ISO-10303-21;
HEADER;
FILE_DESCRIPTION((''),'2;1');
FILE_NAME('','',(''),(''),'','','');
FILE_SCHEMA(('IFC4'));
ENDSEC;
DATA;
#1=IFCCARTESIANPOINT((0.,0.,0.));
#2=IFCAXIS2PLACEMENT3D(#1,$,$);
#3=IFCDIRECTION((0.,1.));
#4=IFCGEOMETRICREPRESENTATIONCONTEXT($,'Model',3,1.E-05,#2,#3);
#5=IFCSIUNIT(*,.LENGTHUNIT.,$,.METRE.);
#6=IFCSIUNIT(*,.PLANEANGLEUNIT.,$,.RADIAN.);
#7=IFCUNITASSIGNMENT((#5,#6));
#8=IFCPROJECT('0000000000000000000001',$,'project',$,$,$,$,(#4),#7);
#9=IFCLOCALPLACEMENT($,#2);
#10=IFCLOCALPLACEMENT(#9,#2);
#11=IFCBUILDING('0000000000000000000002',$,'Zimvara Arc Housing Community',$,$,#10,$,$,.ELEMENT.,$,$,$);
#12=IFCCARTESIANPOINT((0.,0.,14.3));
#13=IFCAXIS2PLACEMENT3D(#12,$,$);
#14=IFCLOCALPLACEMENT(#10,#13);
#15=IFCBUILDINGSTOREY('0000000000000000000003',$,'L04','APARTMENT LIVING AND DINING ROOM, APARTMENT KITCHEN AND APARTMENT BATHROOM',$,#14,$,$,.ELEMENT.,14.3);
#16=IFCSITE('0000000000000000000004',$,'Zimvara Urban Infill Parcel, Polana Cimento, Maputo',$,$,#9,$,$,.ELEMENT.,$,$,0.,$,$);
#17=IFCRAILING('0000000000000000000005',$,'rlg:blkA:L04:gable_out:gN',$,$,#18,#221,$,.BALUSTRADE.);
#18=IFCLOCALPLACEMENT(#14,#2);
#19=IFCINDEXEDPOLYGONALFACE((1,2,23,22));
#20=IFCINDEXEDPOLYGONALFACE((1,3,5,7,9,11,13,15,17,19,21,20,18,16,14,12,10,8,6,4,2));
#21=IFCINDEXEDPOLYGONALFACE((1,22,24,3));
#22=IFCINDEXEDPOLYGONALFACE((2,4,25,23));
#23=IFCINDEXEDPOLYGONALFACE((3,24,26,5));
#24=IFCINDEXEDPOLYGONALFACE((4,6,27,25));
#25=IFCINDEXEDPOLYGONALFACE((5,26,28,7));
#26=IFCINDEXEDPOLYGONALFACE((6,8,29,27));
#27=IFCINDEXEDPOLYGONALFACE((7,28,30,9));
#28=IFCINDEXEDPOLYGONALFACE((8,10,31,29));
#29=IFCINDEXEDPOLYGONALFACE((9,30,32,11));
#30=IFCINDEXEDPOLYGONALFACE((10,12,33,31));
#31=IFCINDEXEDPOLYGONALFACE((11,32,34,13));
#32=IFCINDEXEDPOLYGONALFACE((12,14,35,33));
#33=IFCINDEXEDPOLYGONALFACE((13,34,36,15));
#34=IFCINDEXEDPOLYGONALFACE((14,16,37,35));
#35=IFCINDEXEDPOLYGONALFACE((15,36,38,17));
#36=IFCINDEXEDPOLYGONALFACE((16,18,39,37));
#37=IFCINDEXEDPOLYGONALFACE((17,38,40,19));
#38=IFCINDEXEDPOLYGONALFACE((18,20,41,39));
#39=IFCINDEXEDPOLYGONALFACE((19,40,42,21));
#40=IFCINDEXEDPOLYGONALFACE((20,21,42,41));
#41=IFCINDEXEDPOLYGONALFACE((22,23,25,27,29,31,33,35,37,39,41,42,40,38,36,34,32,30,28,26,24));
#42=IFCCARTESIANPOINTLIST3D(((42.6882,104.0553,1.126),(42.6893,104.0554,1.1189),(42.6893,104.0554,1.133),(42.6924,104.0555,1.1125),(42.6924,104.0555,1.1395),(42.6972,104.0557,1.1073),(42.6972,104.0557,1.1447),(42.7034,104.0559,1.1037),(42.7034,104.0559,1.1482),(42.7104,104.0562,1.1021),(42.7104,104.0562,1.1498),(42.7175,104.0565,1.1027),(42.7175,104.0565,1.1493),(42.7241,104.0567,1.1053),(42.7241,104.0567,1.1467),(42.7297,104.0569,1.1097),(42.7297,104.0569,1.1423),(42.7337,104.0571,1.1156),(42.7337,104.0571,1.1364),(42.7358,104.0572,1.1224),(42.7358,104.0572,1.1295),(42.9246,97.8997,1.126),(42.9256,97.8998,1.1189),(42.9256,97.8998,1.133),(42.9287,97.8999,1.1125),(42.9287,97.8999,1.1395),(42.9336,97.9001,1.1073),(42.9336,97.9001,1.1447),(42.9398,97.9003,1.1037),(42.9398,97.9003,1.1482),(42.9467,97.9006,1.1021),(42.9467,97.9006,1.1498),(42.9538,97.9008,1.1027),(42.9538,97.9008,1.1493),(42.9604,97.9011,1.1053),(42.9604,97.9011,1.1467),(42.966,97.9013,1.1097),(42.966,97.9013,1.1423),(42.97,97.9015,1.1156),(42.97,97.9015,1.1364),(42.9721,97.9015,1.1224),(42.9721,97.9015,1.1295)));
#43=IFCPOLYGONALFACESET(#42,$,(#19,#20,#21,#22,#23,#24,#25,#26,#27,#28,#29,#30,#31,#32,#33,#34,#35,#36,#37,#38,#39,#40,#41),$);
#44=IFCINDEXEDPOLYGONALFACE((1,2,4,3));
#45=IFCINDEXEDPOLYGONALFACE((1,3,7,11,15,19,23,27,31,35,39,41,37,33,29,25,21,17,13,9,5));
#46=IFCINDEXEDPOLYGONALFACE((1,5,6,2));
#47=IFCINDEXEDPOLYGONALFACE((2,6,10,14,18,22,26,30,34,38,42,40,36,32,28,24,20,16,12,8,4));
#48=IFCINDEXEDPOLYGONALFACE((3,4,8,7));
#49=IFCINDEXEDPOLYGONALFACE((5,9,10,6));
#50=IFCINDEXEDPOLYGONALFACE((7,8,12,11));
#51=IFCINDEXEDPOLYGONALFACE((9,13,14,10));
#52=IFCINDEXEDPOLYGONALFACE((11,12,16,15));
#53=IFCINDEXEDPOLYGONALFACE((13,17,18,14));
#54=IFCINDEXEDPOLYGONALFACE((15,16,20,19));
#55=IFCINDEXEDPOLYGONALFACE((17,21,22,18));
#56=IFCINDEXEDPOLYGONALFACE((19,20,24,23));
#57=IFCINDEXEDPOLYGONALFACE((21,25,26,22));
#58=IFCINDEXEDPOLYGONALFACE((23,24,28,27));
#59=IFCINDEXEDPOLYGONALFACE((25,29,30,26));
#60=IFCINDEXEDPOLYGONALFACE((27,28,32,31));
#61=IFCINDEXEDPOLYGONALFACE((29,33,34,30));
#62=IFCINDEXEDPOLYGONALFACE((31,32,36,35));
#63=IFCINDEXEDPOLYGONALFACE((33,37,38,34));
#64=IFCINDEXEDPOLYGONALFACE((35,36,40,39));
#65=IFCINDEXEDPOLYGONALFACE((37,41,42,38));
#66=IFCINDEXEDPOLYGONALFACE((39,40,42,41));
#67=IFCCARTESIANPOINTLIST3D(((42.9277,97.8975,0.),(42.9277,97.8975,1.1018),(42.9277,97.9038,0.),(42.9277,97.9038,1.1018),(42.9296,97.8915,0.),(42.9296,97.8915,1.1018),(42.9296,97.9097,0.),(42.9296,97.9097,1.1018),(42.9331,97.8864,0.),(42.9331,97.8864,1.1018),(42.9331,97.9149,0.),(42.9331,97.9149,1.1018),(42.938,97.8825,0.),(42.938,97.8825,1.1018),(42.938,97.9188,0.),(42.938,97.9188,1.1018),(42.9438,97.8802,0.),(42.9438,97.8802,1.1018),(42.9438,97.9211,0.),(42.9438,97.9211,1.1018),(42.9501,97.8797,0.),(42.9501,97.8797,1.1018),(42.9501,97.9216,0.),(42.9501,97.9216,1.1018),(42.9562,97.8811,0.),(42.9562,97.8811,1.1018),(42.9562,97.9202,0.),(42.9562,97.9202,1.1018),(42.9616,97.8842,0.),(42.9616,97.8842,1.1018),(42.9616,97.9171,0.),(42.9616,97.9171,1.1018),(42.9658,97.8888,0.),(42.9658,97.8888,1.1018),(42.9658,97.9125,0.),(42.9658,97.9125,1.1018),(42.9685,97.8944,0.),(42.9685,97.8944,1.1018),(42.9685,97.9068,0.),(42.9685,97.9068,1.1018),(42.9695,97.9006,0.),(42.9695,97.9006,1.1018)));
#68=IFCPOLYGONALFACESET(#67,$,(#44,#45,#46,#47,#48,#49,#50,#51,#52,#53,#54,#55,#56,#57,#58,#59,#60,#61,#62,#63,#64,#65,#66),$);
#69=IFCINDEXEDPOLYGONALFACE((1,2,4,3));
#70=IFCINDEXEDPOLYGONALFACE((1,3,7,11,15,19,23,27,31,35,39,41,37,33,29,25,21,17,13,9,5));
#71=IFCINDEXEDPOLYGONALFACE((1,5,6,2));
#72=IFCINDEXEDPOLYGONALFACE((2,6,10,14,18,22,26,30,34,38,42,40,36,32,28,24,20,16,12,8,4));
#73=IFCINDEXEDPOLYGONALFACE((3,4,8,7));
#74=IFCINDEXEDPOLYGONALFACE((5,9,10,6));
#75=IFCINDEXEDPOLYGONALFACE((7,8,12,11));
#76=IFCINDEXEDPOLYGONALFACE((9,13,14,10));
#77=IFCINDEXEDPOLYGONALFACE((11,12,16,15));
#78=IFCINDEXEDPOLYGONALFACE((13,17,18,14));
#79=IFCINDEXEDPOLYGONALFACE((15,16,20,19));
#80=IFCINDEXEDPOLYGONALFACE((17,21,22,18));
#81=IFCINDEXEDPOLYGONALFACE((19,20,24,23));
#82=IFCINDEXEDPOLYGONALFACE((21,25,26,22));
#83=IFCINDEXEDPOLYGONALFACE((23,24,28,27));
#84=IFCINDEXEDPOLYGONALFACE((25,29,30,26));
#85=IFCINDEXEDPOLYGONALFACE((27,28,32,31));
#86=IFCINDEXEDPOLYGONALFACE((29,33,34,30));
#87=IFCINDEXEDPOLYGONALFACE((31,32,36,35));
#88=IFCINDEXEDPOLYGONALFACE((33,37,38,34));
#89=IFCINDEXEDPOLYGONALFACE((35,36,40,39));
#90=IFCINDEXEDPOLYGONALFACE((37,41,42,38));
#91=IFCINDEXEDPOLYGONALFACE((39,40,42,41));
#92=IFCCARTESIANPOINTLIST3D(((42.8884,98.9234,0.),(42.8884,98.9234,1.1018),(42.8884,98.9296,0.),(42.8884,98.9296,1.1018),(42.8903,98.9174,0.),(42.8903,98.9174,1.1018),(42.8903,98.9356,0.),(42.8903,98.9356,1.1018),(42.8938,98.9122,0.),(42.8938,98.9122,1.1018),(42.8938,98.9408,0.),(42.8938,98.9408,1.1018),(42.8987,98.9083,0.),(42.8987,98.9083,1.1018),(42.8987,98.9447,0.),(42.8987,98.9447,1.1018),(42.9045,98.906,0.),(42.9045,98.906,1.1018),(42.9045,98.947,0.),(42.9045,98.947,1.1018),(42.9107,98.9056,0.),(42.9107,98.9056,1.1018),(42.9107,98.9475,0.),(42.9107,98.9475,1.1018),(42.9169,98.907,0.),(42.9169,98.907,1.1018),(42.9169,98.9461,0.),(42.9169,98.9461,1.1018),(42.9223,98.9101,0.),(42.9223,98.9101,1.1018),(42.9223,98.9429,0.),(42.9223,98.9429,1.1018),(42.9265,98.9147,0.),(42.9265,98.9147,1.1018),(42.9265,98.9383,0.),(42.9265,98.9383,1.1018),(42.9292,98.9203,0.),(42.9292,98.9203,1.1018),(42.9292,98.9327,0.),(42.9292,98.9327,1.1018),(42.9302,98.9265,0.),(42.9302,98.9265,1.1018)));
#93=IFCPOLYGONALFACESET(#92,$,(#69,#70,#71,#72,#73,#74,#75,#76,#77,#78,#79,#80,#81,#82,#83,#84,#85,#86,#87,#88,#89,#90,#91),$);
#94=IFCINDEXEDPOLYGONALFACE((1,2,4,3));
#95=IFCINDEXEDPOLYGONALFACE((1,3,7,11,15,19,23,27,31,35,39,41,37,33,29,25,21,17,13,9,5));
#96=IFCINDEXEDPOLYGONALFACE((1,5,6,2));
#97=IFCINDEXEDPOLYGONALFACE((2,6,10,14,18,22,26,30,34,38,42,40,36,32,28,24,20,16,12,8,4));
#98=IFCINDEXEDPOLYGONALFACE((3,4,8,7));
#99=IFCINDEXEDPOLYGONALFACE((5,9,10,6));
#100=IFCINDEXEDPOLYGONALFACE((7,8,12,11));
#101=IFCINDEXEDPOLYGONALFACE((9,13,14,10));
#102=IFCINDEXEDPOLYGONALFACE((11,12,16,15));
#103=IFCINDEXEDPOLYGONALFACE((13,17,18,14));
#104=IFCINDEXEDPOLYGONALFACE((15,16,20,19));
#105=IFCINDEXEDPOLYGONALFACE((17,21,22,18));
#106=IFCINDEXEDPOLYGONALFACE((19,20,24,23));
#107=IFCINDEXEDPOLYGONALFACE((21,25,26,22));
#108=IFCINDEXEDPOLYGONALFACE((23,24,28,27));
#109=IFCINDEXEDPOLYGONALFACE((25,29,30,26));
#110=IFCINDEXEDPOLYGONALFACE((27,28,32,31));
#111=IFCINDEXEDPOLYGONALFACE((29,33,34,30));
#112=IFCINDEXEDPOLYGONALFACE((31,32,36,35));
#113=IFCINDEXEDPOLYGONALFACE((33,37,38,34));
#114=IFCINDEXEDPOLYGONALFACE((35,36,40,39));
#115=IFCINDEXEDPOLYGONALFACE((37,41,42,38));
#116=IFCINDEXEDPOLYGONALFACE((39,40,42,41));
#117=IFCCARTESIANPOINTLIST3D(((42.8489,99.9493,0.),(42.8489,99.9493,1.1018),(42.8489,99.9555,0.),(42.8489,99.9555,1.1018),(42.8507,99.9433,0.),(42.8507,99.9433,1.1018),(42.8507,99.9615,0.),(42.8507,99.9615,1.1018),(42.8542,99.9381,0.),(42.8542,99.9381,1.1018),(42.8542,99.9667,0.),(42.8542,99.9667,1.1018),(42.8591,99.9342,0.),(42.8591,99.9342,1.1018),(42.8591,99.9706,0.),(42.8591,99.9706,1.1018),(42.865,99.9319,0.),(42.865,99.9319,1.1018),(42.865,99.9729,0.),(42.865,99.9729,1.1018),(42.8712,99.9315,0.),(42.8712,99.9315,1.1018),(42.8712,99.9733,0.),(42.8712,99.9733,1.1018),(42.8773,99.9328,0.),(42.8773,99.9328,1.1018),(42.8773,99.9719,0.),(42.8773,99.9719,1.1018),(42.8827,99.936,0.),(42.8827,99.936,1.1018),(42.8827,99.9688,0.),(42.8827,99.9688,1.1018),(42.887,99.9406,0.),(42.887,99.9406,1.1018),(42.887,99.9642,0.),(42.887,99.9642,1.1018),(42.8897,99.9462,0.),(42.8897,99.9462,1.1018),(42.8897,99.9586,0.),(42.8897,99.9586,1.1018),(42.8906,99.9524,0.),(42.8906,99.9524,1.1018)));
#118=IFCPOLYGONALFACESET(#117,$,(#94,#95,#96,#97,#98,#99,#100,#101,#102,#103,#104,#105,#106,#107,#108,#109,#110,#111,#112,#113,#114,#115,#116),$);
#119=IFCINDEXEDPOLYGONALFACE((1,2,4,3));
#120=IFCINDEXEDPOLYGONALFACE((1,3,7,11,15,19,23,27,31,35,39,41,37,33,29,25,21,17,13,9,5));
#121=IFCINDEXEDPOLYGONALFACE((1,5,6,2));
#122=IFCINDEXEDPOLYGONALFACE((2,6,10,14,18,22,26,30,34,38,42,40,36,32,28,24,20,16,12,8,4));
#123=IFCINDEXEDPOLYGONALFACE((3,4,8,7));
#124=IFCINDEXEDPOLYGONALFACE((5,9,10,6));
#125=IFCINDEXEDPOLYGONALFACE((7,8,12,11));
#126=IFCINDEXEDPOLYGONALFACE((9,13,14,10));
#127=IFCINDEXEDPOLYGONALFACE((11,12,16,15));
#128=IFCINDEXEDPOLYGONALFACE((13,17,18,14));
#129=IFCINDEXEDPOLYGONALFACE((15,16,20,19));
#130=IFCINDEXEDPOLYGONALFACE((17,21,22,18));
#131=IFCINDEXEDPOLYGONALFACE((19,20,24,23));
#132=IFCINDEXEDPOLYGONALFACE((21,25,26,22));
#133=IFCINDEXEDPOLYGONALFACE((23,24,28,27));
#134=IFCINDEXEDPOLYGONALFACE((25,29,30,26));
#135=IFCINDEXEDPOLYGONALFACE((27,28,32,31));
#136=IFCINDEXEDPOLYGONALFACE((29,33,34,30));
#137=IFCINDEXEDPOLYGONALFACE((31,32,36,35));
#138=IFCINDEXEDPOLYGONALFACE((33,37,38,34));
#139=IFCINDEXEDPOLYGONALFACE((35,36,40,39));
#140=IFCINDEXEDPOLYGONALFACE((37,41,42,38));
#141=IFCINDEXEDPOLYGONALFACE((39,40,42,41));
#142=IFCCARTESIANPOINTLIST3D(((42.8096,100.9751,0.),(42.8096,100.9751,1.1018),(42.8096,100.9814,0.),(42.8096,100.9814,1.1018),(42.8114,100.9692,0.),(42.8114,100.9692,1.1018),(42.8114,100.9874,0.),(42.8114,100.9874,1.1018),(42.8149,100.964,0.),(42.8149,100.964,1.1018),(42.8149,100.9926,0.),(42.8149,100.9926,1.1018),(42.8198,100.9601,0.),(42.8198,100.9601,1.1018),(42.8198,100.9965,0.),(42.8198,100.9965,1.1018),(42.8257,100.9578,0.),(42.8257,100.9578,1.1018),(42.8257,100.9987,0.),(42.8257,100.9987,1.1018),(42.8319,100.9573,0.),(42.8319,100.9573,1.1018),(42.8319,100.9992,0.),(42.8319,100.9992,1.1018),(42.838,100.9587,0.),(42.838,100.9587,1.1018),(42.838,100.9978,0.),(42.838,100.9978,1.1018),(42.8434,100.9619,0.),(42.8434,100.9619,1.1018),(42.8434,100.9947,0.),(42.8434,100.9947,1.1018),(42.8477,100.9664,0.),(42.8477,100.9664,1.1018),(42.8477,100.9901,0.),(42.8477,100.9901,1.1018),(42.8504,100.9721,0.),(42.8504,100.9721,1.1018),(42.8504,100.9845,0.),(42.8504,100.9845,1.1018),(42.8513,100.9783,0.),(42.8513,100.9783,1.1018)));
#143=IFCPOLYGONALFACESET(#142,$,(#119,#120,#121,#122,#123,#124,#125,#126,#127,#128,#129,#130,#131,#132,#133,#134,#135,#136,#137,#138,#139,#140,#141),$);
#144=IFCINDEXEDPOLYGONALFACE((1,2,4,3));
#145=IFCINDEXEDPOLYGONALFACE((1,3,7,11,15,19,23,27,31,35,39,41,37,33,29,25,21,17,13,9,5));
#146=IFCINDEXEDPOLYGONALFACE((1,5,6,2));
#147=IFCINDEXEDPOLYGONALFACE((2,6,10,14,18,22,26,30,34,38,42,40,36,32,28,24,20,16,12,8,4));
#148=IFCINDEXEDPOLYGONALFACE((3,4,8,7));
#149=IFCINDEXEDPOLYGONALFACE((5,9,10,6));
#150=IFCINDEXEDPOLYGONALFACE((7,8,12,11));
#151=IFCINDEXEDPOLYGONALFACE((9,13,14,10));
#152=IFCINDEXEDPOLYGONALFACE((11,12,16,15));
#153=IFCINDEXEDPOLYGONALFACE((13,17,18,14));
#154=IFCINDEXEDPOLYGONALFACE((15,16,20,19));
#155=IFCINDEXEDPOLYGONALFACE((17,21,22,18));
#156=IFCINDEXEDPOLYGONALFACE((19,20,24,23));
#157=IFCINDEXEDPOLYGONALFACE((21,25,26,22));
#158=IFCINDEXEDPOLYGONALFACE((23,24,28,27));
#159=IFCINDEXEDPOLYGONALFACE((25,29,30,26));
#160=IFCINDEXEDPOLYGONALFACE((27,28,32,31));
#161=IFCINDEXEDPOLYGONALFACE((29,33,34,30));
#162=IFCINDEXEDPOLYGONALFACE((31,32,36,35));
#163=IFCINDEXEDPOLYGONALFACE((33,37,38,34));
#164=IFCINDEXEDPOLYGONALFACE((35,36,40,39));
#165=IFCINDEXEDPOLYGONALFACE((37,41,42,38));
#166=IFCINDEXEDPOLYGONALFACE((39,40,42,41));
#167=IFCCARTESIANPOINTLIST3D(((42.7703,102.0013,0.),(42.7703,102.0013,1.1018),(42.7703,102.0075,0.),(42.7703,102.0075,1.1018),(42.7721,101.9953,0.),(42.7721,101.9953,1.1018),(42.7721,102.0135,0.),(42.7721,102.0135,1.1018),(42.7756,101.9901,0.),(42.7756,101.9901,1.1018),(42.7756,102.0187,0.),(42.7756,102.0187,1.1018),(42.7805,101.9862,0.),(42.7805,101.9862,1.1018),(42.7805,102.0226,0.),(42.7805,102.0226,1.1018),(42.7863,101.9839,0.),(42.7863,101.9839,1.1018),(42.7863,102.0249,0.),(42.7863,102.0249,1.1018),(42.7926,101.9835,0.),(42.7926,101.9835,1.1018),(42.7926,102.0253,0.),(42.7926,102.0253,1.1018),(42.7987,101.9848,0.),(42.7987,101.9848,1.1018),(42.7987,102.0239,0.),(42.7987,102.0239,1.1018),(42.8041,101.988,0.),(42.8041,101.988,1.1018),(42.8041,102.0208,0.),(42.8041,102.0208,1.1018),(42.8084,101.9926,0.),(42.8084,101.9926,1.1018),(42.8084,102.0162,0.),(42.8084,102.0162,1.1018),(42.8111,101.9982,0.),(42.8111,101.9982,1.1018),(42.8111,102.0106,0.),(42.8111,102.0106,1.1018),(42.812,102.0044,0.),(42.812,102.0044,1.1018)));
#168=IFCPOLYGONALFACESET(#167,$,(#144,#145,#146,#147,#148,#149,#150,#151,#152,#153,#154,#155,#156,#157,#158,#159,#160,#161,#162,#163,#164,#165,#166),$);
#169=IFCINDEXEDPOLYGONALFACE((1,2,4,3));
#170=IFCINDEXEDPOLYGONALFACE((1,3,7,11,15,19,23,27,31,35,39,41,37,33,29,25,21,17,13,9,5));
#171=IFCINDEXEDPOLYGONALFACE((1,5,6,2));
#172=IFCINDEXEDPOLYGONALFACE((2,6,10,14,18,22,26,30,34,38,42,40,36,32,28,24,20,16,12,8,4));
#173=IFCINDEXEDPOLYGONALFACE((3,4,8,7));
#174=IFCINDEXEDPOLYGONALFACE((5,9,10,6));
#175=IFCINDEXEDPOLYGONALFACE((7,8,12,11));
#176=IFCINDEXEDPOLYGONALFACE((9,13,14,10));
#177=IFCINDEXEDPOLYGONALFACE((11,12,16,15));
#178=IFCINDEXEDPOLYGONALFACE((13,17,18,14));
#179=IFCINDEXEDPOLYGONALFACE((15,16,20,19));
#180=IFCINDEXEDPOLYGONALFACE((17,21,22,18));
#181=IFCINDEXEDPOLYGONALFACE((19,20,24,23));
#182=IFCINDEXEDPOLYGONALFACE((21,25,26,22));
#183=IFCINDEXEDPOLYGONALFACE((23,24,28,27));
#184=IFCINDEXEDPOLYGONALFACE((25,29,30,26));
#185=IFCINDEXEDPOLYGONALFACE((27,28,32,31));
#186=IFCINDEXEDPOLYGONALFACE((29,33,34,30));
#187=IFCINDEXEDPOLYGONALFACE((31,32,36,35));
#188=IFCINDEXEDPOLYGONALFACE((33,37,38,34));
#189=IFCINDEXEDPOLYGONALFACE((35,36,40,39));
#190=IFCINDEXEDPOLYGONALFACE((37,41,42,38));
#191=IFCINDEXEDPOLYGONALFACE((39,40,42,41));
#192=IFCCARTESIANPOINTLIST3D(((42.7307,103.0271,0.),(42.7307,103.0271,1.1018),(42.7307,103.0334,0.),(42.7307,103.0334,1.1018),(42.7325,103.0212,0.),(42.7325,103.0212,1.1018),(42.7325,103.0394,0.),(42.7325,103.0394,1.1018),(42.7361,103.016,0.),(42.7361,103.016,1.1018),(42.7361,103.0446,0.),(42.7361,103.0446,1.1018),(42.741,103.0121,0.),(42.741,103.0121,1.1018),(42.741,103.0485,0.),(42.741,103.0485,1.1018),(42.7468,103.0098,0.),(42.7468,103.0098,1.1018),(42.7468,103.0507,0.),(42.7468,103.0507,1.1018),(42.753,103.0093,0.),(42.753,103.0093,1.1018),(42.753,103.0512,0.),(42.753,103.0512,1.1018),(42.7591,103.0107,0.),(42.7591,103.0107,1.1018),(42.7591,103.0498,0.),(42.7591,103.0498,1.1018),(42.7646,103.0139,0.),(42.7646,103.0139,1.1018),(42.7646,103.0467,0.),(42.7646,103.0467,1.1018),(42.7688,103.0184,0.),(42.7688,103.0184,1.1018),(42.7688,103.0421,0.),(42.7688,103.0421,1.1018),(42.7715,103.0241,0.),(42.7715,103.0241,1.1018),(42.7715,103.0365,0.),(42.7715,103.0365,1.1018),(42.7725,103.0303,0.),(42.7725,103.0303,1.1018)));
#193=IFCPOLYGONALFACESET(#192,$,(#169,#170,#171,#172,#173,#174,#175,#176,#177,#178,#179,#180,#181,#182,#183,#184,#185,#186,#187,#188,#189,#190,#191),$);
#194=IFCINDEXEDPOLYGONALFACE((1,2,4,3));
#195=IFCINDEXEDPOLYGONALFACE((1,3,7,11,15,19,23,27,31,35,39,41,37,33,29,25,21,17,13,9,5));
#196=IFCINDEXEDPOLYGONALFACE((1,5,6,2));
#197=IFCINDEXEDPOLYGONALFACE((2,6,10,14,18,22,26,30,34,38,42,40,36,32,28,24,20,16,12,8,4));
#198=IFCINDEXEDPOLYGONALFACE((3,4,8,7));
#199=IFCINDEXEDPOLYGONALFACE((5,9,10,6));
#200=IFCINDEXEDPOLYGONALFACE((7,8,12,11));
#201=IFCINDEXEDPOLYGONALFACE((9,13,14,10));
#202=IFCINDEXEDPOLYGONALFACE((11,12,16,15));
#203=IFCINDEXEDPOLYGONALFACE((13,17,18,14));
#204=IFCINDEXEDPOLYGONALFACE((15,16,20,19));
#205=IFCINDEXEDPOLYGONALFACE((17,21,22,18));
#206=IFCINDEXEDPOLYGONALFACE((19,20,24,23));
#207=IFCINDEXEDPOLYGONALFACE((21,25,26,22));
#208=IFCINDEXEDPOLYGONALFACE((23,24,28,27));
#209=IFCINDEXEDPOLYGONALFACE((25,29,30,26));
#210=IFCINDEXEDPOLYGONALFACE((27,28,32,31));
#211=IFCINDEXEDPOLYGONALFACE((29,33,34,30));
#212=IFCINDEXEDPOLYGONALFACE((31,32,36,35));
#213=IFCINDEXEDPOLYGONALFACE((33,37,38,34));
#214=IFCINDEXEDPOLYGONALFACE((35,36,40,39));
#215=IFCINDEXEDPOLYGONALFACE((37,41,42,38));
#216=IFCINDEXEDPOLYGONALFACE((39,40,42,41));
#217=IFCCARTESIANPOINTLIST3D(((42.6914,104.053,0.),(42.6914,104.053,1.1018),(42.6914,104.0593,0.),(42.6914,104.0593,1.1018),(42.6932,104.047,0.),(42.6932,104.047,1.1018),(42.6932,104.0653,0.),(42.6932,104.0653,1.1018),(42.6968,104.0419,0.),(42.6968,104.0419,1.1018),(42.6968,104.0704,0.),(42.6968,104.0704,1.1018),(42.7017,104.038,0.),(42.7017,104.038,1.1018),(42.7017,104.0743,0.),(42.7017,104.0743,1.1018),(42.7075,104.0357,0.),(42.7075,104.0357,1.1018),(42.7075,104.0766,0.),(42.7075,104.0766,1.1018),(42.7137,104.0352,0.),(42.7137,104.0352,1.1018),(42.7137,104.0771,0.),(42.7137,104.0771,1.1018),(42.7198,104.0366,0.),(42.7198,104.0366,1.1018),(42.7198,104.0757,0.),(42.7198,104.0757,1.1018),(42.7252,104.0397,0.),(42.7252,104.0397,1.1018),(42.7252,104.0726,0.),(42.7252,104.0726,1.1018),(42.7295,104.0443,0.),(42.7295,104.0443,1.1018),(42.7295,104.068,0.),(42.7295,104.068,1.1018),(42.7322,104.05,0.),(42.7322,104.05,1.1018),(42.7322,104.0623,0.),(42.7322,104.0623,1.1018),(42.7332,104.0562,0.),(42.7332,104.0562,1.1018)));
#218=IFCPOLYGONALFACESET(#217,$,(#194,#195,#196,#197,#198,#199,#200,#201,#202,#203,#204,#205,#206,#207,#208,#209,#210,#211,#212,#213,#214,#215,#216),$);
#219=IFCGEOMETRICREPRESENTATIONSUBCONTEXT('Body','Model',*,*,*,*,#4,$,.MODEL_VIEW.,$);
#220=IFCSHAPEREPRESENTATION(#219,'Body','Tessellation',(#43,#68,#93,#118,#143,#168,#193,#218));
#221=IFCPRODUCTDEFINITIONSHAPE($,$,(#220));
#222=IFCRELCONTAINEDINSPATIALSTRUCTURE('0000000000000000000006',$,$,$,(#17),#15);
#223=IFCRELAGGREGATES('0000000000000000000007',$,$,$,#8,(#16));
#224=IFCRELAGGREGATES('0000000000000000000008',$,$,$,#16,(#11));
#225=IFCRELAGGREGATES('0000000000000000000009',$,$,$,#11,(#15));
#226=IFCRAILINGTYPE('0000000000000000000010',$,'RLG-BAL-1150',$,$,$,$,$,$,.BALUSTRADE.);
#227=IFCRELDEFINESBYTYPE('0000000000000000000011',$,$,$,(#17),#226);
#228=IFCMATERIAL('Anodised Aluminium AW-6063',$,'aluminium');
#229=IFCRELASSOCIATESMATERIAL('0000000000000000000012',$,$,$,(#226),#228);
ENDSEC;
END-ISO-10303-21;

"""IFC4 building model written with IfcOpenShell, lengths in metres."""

from ifc_helpers import new_model, si_unit, direction, frame, origin, origin_2d, place, context, subcontext, project, spatial, circle, extrude, material, type_object, element, save


model = new_model("IFC4")

# Units and contexts
model_context = context("Model", 3, precision=1e-05, world=origin(), true_north=direction((0.0, 1.0)))
body_context = subcontext(model_context, "Body", "Model", "MODEL_VIEW")
ifc_project = project(units=[si_unit("LENGTHUNIT", "METRE"), si_unit("PLANEANGLEUNIT", "RADIAN")], contexts=[model_context])

# Site, building, storey
site_placement = place(None, origin())
site = spatial("IfcSite", under=ifc_project, at=site_placement, Name="Zimvara Urban Infill Parcel, Polana Cimento, Maputo", CompositionType="ELEMENT", RefElevation=0.0)
building_placement = place(site_placement, origin())
building = spatial("IfcBuilding", under=site, at=building_placement, Name="Zimvara Arc Housing Community", CompositionType="ELEMENT")
storey_placement = place(building_placement, frame((0.0, 0.0, 14.3)))
storey = spatial("IfcBuildingStorey", under=building, at=storey_placement, Name="L04", Description="APARTMENT LIVING AND DINING ROOM, APARTMENT KITCHEN AND APARTMENT BATHROOM", CompositionType="ELEMENT", Elevation=14.3)

# Railing
ifc_material_1 = material(Name="Anodised Aluminium AW-6063", Category="aluminium")
railing_type = type_object("IfcRailingType", Name="RLG-BAL-1150", PredefinedType="BALUSTRADE", material=ifc_material_1)
railing_placement = place(storey_placement, frame((42.9485, 97.9006, 0.0)))
element("IfcRailing", 1, at=railing_placement, inside=storey, type_object=railing_type, Name="rlg:blkA:L04:gable_out:gN", PredefinedType="BALUSTRADE", context=body_context, shape_type="SweptSolid", body=[
    extrude(circle(Radius=0.0239, at=origin_2d()), frame((0.0, 0.0, 1.126), z_axis=(-0.038365, 0.999264, 0.0), x_axis=(-0.999264, -0.038365, 0.0)), (0.0, 0.0, 1.0), 6.1602),
    extrude(circle(Radius=0.021, at=origin_2d()), origin(), (0.0, 0.0, 1.0), 1.1018),
    extrude(circle(Radius=0.021, at=origin_2d()), frame((-0.0393, 1.0259, 0.0)), (0.0, 0.0, 1.0), 1.1018),
    extrude(circle(Radius=0.021, at=origin_2d()), frame((-0.0789, 2.0518, 0.0)), (0.0, 0.0, 1.0), 1.1018),
    extrude(circle(Radius=0.021, at=origin_2d()), frame((-0.1182, 3.0776, 0.0)), (0.0, 0.0, 1.0), 1.1018),
    extrude(circle(Radius=0.021, at=origin_2d()), frame((-0.1575, 4.1038, 0.0)), (0.0, 0.0, 1.0), 1.1018),
    extrude(circle(Radius=0.021, at=origin_2d()), frame((-0.197, 5.1296, 0.0)), (0.0, 0.0, 1.0), 1.1018),
    extrude(circle(Radius=0.021, at=origin_2d()), frame((-0.2363, 6.1555, 0.0)), (0.0, 0.0, 1.0), 1.1018),
])

save(model, "model.ifc")
